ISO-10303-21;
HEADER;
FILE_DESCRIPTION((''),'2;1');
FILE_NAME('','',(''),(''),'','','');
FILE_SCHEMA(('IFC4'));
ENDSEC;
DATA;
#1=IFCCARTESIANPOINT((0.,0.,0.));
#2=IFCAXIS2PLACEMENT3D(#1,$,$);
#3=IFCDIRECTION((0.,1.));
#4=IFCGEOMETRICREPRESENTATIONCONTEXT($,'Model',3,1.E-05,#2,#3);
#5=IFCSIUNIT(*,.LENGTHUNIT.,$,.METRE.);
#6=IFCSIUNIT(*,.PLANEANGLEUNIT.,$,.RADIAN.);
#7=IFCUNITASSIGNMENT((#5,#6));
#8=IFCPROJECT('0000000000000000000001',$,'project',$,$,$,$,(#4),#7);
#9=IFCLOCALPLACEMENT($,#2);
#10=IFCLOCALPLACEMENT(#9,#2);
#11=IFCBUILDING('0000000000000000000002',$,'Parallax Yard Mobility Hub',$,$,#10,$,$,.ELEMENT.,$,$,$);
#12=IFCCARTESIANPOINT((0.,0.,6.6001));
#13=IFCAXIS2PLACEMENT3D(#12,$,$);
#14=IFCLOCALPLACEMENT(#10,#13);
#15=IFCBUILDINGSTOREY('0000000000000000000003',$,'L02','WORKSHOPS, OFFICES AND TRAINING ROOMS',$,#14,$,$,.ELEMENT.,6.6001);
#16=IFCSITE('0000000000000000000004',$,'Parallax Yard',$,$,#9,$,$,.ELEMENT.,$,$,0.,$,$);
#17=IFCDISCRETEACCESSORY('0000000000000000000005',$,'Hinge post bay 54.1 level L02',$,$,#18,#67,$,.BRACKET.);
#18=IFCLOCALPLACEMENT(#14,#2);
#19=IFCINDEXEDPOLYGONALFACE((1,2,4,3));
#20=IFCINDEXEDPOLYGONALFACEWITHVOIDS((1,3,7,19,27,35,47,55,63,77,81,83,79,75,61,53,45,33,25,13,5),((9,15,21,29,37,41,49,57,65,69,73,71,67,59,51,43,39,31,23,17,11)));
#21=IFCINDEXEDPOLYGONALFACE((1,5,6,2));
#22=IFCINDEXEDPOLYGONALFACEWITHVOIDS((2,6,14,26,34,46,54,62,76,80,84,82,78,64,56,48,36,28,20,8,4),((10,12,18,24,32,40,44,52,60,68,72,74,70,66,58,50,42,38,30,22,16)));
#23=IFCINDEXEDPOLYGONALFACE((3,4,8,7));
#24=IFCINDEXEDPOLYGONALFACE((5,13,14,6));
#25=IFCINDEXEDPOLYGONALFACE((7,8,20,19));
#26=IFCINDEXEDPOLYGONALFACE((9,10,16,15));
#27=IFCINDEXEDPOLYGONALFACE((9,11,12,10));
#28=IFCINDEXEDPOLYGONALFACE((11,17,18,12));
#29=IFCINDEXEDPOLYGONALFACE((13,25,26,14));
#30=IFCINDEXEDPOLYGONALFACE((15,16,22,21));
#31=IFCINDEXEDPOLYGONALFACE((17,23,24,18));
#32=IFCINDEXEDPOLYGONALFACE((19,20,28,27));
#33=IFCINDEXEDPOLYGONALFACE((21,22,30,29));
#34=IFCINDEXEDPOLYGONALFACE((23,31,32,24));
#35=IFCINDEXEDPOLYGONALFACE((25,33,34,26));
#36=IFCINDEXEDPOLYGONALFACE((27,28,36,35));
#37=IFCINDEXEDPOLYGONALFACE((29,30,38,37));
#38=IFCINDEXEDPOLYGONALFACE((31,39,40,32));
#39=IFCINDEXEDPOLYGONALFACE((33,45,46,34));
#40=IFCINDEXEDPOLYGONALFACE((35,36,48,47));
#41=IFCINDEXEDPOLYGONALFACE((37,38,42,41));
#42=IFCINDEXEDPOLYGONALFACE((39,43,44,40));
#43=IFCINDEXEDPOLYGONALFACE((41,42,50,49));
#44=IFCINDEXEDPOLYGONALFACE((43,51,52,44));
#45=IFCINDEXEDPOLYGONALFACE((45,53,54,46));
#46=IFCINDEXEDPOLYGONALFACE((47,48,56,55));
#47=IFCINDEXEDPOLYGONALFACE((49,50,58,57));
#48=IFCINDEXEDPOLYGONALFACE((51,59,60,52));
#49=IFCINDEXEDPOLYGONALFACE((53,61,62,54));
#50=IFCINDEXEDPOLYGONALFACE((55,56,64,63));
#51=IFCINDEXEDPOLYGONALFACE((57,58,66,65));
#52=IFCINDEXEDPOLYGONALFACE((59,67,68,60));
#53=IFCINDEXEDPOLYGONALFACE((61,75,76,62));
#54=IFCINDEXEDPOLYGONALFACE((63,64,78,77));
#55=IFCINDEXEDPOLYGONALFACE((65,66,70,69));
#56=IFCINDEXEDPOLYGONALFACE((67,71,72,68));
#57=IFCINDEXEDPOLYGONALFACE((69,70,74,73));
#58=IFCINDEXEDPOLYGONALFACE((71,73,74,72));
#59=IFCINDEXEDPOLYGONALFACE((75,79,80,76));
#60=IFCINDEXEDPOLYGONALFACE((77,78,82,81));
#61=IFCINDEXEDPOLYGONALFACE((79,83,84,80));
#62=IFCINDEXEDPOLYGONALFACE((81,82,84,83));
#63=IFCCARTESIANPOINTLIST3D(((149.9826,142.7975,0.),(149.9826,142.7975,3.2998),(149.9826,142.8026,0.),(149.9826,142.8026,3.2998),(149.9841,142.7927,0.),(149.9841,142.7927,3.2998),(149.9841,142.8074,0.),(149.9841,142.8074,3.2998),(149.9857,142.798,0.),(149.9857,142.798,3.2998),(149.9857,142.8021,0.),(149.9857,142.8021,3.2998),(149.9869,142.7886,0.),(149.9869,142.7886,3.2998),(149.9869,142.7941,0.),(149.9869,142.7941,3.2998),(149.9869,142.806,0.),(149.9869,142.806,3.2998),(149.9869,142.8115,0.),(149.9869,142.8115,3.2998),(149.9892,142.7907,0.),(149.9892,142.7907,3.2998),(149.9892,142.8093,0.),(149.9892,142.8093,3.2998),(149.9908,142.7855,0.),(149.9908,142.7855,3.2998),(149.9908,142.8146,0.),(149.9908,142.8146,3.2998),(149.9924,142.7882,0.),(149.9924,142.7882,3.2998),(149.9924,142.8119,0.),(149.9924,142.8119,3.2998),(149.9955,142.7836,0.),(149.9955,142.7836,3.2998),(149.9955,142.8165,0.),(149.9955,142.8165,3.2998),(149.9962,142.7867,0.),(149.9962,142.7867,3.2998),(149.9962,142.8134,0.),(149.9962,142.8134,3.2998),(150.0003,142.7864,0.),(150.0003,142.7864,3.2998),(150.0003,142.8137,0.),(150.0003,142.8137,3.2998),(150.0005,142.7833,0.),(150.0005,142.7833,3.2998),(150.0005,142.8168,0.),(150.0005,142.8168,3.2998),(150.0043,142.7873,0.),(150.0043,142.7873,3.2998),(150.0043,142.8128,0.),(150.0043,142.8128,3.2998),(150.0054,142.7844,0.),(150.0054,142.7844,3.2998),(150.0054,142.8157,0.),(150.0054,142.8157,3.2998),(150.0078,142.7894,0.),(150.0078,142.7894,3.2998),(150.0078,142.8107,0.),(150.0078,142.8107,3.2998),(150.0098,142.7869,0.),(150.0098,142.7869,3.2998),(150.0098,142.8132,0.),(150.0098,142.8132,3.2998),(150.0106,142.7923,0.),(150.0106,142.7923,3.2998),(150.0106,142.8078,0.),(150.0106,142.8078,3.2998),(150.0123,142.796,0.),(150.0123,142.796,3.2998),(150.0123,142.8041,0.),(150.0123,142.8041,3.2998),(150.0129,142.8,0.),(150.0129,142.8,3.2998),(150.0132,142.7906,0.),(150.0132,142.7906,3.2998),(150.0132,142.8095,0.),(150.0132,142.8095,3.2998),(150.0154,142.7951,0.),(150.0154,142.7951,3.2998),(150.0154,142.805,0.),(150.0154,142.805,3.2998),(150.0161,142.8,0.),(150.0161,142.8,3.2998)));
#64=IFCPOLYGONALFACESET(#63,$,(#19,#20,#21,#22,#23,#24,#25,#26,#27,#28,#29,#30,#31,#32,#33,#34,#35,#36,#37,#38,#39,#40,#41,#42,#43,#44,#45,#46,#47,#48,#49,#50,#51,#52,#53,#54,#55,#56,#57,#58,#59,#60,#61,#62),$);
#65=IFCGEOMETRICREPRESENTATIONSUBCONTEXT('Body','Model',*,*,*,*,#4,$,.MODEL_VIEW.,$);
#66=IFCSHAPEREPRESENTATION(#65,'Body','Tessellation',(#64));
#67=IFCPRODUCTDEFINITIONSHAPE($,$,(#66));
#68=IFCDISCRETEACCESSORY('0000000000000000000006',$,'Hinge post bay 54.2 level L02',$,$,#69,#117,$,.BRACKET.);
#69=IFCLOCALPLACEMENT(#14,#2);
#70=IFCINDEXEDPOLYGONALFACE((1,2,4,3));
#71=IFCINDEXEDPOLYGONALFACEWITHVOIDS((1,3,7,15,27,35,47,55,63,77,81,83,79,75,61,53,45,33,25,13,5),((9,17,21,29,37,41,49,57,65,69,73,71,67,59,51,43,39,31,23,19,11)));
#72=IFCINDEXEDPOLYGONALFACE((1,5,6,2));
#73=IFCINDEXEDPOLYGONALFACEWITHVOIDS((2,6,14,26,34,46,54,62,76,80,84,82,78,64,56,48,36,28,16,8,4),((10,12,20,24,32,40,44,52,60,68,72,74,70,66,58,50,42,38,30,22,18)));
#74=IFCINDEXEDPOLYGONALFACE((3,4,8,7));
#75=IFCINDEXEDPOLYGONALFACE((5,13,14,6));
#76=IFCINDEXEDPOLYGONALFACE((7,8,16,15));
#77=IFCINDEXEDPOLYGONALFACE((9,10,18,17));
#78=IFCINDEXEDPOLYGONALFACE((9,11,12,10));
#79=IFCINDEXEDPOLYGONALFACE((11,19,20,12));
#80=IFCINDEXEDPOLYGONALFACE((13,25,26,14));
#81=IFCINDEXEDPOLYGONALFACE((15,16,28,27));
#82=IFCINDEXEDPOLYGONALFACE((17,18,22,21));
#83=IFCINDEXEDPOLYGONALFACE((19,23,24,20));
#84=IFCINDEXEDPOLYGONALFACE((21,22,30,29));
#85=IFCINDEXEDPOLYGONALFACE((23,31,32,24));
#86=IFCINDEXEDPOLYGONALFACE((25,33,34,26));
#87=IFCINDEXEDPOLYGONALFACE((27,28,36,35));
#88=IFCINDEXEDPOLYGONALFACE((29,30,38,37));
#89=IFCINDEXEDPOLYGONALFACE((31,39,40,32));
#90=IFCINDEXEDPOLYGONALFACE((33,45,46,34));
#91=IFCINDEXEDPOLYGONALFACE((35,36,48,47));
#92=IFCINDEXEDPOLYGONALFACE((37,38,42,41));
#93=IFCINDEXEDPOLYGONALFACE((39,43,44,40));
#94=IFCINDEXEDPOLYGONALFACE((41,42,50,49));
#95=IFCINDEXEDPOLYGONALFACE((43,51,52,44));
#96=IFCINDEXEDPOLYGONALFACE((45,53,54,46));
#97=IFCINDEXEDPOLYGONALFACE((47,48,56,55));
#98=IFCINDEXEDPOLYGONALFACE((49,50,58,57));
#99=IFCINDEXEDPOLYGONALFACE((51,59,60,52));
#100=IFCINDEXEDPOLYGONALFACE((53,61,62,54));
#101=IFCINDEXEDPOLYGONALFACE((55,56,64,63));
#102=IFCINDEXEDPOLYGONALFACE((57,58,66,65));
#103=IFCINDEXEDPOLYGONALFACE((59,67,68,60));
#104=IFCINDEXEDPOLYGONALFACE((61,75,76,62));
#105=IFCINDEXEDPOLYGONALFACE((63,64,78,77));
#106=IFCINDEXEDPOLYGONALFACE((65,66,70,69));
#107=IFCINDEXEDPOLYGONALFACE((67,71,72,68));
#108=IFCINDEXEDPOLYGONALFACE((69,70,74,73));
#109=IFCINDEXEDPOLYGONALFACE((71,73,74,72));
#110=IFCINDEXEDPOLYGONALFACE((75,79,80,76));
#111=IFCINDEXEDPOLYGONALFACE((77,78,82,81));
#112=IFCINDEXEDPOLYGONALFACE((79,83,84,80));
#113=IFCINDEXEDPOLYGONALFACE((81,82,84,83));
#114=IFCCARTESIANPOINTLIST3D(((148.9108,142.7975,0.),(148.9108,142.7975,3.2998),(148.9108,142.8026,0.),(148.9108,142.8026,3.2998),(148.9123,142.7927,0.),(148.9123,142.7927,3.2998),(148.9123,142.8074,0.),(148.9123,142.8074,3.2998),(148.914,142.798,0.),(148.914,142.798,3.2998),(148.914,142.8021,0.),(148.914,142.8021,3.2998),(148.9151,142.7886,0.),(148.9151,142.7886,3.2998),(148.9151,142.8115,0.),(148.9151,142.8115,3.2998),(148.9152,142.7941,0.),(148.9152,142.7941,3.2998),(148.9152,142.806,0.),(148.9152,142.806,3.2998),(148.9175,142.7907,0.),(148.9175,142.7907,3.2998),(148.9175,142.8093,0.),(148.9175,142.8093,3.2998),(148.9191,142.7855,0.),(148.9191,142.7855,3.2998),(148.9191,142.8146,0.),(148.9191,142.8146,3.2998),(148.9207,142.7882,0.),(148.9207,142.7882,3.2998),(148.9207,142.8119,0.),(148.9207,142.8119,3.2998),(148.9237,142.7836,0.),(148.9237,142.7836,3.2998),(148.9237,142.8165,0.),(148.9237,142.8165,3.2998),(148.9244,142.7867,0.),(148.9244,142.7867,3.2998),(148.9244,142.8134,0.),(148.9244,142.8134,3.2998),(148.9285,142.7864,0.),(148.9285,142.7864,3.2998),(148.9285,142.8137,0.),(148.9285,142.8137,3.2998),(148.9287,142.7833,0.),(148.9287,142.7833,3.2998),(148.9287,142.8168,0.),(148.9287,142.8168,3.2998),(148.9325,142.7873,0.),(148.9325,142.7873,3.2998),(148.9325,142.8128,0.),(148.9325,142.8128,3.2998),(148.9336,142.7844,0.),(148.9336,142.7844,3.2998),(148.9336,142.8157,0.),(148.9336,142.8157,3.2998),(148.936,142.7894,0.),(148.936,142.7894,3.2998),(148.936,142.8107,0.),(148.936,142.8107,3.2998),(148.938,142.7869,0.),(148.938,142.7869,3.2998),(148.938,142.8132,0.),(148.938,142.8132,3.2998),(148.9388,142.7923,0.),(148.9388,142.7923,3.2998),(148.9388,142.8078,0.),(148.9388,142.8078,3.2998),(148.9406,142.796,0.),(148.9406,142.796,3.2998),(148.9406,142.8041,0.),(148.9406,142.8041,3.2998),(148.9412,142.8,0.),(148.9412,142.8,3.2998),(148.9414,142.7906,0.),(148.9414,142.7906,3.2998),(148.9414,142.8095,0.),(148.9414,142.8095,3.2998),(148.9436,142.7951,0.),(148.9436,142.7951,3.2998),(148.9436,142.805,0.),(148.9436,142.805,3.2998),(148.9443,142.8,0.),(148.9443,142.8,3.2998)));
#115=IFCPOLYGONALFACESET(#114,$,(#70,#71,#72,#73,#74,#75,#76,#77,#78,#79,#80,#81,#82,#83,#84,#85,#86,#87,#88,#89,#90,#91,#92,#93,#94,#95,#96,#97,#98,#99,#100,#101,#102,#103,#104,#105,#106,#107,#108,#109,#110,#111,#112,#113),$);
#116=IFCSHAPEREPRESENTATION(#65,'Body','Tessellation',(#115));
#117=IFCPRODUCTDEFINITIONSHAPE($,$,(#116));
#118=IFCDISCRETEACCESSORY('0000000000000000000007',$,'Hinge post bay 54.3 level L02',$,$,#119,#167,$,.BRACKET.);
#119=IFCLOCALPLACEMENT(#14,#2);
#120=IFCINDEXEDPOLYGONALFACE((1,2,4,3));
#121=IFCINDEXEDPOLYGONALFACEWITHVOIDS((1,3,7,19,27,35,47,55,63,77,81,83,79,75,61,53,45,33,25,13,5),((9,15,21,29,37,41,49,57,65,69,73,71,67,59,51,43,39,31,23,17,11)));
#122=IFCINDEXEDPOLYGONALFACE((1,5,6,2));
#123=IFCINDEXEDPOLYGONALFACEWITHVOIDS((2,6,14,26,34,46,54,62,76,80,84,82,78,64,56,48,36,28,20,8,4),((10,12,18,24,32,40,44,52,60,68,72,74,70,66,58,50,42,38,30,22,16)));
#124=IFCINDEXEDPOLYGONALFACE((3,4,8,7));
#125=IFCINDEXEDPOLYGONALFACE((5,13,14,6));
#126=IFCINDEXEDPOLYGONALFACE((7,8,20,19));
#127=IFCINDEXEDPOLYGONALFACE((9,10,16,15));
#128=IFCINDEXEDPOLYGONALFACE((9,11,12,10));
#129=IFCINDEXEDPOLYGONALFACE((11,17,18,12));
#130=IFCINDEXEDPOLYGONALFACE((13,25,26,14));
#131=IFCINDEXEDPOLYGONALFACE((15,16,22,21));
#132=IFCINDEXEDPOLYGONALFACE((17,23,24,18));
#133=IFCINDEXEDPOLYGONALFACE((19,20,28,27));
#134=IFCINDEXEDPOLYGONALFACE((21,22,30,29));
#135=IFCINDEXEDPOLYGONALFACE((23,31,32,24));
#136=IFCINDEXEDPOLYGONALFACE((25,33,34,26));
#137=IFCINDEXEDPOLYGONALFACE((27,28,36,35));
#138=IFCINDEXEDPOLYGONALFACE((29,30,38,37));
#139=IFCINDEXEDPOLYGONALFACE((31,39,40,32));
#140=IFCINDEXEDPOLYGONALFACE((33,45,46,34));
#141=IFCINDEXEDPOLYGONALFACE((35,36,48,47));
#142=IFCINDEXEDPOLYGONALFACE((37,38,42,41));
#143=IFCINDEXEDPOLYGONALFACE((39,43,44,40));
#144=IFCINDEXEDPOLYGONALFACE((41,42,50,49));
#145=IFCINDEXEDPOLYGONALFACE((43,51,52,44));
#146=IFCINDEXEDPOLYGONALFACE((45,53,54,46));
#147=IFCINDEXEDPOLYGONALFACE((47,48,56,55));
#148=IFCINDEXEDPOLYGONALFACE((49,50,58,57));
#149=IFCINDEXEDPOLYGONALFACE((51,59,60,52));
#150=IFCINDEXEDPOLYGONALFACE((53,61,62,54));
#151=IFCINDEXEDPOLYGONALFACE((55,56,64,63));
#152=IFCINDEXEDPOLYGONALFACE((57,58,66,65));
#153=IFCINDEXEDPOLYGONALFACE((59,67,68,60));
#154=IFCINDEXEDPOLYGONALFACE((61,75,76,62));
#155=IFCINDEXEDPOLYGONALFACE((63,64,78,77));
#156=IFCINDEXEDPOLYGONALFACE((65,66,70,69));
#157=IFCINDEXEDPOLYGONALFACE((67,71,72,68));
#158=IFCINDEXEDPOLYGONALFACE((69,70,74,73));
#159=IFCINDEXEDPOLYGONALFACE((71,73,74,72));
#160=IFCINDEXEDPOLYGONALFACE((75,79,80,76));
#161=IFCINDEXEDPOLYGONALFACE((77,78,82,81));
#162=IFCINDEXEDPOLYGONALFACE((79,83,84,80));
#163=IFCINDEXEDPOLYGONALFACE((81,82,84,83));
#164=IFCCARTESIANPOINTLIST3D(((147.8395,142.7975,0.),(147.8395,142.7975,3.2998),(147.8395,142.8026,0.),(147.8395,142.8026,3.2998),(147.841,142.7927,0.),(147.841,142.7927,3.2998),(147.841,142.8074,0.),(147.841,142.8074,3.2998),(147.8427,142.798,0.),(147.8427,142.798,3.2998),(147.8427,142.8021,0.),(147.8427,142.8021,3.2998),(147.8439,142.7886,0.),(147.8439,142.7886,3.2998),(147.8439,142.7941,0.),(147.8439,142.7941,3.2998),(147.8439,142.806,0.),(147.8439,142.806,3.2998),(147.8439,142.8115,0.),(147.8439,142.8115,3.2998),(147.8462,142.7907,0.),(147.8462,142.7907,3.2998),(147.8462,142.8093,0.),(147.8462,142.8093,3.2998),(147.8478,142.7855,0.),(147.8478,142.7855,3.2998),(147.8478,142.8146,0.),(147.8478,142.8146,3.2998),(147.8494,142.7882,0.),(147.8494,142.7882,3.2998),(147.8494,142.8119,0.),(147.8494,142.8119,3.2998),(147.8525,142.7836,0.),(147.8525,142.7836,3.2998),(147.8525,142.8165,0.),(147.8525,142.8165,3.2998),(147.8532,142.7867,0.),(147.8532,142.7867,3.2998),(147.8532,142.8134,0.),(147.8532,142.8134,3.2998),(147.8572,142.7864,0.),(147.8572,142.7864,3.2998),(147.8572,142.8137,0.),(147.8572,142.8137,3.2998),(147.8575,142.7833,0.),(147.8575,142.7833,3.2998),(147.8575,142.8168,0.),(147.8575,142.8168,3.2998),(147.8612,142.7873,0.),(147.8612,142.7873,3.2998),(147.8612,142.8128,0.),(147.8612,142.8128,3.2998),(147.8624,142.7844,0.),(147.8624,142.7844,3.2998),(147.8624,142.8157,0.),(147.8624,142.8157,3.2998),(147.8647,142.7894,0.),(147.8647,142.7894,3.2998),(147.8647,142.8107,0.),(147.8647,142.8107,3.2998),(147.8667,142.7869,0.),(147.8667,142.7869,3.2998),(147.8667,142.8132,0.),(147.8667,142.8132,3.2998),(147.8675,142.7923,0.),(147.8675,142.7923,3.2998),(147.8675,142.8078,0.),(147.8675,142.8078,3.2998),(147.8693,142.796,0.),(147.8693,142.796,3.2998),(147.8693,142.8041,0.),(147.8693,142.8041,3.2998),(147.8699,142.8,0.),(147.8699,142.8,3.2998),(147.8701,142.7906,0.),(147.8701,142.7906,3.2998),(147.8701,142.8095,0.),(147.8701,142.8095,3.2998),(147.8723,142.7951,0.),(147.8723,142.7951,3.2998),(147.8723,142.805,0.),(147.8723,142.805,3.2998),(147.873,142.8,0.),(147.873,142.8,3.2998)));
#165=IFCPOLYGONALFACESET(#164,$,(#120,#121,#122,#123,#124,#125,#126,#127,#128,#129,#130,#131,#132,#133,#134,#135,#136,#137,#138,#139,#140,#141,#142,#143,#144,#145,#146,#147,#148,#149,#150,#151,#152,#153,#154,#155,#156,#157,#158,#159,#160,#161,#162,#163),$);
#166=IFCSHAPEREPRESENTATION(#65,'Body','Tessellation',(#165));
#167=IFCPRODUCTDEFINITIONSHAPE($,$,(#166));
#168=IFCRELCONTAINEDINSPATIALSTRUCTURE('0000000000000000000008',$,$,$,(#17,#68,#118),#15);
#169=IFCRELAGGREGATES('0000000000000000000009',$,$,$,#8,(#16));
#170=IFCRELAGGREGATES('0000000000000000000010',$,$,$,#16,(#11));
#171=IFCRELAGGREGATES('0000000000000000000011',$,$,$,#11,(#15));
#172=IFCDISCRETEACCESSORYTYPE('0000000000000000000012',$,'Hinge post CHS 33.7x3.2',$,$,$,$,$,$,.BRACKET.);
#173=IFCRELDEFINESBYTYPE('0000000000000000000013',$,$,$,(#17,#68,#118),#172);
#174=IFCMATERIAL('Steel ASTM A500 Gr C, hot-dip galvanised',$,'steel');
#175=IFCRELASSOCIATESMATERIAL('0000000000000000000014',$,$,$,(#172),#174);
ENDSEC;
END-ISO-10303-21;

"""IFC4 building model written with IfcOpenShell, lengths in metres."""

from ifc_helpers import new_model, si_unit, direction, frame, origin, origin_2d, place, context, subcontext, project, spatial, hollow_circle, extrude, material, material_profile, profile_set, type_object, element, save


model = new_model("IFC4")

# Units and contexts
model_context = context("Model", 3, precision=1e-05, world=origin(), true_north=direction((0.0, 1.0)))
body_context = subcontext(model_context, "Body", "Model", "MODEL_VIEW")
ifc_project = project(units=[si_unit("LENGTHUNIT", "METRE"), si_unit("PLANEANGLEUNIT", "RADIAN")], contexts=[model_context])

# Site, building, storey
site_placement = place(None, origin())
site = spatial("IfcSite", under=ifc_project, at=site_placement, Name="Parallax Yard", CompositionType="ELEMENT", RefElevation=0.0)
building_placement = place(site_placement, origin())
building = spatial("IfcBuilding", under=site, at=building_placement, Name="Parallax Yard Mobility Hub", CompositionType="ELEMENT")
storey_placement = place(building_placement, frame((0.0, 0.0, 6.6001)))
storey = spatial("IfcBuildingStorey", under=building, at=storey_placement, Name="L02", Description="WORKSHOPS, OFFICES AND TRAINING ROOMS", CompositionType="ELEMENT", Elevation=6.6001)

# Discrete accessories
ifc_material_1 = material(Name="Steel ASTM A500 Gr C, hot-dip galvanised", Category="steel")
ifc_material_profile_1 = material_profile(ifc_material_1, hollow_circle(Radius=0.0168, WallThickness=0.0032, at=origin_2d()), Name="CHS 33.7x3.2")
ifc_profile_set_1 = profile_set([ifc_material_profile_1], Name="Steel ASTM A500 Gr C, hot-dip galvanised")
discrete_accessory_type_1 = type_object("IfcDiscreteAccessoryType", Name="Hinge post CHS 33.7x3.2", PredefinedType="BRACKET", material=ifc_profile_set_1)
for number, where, z_axis, x_axis, name in (
    (1, (149.9993, 142.8, 0.0), (0.0, 0.0, 1.0), (1.0, 0.0, 0.0), "Hinge post bay 54.1 level L02"),
    (2, (148.9275, 142.8, 0.0), (0.0, 0.0, 1.0), (1.0, 0.0, 0.0), "Hinge post bay 54.2 level L02"),
    (3, (147.8562, 142.8, 0.0), (0.0, 0.0, 1.0), (1.0, 0.0, 0.0), "Hinge post bay 54.3 level L02"),
):
    element("IfcDiscreteAccessory", number, at=place(storey_placement, frame(where, z_axis=z_axis, x_axis=x_axis)), inside=storey, type_object=discrete_accessory_type_1, Name=name, PredefinedType="BRACKET", context=body_context, shape_type="SweptSolid", body=[
        extrude(hollow_circle(Radius=0.0168, WallThickness=0.0032, at=origin_2d()), origin(), (0.0, 0.0, 1.0), 3.2998),
    ])

save(model, "model.ifc")
